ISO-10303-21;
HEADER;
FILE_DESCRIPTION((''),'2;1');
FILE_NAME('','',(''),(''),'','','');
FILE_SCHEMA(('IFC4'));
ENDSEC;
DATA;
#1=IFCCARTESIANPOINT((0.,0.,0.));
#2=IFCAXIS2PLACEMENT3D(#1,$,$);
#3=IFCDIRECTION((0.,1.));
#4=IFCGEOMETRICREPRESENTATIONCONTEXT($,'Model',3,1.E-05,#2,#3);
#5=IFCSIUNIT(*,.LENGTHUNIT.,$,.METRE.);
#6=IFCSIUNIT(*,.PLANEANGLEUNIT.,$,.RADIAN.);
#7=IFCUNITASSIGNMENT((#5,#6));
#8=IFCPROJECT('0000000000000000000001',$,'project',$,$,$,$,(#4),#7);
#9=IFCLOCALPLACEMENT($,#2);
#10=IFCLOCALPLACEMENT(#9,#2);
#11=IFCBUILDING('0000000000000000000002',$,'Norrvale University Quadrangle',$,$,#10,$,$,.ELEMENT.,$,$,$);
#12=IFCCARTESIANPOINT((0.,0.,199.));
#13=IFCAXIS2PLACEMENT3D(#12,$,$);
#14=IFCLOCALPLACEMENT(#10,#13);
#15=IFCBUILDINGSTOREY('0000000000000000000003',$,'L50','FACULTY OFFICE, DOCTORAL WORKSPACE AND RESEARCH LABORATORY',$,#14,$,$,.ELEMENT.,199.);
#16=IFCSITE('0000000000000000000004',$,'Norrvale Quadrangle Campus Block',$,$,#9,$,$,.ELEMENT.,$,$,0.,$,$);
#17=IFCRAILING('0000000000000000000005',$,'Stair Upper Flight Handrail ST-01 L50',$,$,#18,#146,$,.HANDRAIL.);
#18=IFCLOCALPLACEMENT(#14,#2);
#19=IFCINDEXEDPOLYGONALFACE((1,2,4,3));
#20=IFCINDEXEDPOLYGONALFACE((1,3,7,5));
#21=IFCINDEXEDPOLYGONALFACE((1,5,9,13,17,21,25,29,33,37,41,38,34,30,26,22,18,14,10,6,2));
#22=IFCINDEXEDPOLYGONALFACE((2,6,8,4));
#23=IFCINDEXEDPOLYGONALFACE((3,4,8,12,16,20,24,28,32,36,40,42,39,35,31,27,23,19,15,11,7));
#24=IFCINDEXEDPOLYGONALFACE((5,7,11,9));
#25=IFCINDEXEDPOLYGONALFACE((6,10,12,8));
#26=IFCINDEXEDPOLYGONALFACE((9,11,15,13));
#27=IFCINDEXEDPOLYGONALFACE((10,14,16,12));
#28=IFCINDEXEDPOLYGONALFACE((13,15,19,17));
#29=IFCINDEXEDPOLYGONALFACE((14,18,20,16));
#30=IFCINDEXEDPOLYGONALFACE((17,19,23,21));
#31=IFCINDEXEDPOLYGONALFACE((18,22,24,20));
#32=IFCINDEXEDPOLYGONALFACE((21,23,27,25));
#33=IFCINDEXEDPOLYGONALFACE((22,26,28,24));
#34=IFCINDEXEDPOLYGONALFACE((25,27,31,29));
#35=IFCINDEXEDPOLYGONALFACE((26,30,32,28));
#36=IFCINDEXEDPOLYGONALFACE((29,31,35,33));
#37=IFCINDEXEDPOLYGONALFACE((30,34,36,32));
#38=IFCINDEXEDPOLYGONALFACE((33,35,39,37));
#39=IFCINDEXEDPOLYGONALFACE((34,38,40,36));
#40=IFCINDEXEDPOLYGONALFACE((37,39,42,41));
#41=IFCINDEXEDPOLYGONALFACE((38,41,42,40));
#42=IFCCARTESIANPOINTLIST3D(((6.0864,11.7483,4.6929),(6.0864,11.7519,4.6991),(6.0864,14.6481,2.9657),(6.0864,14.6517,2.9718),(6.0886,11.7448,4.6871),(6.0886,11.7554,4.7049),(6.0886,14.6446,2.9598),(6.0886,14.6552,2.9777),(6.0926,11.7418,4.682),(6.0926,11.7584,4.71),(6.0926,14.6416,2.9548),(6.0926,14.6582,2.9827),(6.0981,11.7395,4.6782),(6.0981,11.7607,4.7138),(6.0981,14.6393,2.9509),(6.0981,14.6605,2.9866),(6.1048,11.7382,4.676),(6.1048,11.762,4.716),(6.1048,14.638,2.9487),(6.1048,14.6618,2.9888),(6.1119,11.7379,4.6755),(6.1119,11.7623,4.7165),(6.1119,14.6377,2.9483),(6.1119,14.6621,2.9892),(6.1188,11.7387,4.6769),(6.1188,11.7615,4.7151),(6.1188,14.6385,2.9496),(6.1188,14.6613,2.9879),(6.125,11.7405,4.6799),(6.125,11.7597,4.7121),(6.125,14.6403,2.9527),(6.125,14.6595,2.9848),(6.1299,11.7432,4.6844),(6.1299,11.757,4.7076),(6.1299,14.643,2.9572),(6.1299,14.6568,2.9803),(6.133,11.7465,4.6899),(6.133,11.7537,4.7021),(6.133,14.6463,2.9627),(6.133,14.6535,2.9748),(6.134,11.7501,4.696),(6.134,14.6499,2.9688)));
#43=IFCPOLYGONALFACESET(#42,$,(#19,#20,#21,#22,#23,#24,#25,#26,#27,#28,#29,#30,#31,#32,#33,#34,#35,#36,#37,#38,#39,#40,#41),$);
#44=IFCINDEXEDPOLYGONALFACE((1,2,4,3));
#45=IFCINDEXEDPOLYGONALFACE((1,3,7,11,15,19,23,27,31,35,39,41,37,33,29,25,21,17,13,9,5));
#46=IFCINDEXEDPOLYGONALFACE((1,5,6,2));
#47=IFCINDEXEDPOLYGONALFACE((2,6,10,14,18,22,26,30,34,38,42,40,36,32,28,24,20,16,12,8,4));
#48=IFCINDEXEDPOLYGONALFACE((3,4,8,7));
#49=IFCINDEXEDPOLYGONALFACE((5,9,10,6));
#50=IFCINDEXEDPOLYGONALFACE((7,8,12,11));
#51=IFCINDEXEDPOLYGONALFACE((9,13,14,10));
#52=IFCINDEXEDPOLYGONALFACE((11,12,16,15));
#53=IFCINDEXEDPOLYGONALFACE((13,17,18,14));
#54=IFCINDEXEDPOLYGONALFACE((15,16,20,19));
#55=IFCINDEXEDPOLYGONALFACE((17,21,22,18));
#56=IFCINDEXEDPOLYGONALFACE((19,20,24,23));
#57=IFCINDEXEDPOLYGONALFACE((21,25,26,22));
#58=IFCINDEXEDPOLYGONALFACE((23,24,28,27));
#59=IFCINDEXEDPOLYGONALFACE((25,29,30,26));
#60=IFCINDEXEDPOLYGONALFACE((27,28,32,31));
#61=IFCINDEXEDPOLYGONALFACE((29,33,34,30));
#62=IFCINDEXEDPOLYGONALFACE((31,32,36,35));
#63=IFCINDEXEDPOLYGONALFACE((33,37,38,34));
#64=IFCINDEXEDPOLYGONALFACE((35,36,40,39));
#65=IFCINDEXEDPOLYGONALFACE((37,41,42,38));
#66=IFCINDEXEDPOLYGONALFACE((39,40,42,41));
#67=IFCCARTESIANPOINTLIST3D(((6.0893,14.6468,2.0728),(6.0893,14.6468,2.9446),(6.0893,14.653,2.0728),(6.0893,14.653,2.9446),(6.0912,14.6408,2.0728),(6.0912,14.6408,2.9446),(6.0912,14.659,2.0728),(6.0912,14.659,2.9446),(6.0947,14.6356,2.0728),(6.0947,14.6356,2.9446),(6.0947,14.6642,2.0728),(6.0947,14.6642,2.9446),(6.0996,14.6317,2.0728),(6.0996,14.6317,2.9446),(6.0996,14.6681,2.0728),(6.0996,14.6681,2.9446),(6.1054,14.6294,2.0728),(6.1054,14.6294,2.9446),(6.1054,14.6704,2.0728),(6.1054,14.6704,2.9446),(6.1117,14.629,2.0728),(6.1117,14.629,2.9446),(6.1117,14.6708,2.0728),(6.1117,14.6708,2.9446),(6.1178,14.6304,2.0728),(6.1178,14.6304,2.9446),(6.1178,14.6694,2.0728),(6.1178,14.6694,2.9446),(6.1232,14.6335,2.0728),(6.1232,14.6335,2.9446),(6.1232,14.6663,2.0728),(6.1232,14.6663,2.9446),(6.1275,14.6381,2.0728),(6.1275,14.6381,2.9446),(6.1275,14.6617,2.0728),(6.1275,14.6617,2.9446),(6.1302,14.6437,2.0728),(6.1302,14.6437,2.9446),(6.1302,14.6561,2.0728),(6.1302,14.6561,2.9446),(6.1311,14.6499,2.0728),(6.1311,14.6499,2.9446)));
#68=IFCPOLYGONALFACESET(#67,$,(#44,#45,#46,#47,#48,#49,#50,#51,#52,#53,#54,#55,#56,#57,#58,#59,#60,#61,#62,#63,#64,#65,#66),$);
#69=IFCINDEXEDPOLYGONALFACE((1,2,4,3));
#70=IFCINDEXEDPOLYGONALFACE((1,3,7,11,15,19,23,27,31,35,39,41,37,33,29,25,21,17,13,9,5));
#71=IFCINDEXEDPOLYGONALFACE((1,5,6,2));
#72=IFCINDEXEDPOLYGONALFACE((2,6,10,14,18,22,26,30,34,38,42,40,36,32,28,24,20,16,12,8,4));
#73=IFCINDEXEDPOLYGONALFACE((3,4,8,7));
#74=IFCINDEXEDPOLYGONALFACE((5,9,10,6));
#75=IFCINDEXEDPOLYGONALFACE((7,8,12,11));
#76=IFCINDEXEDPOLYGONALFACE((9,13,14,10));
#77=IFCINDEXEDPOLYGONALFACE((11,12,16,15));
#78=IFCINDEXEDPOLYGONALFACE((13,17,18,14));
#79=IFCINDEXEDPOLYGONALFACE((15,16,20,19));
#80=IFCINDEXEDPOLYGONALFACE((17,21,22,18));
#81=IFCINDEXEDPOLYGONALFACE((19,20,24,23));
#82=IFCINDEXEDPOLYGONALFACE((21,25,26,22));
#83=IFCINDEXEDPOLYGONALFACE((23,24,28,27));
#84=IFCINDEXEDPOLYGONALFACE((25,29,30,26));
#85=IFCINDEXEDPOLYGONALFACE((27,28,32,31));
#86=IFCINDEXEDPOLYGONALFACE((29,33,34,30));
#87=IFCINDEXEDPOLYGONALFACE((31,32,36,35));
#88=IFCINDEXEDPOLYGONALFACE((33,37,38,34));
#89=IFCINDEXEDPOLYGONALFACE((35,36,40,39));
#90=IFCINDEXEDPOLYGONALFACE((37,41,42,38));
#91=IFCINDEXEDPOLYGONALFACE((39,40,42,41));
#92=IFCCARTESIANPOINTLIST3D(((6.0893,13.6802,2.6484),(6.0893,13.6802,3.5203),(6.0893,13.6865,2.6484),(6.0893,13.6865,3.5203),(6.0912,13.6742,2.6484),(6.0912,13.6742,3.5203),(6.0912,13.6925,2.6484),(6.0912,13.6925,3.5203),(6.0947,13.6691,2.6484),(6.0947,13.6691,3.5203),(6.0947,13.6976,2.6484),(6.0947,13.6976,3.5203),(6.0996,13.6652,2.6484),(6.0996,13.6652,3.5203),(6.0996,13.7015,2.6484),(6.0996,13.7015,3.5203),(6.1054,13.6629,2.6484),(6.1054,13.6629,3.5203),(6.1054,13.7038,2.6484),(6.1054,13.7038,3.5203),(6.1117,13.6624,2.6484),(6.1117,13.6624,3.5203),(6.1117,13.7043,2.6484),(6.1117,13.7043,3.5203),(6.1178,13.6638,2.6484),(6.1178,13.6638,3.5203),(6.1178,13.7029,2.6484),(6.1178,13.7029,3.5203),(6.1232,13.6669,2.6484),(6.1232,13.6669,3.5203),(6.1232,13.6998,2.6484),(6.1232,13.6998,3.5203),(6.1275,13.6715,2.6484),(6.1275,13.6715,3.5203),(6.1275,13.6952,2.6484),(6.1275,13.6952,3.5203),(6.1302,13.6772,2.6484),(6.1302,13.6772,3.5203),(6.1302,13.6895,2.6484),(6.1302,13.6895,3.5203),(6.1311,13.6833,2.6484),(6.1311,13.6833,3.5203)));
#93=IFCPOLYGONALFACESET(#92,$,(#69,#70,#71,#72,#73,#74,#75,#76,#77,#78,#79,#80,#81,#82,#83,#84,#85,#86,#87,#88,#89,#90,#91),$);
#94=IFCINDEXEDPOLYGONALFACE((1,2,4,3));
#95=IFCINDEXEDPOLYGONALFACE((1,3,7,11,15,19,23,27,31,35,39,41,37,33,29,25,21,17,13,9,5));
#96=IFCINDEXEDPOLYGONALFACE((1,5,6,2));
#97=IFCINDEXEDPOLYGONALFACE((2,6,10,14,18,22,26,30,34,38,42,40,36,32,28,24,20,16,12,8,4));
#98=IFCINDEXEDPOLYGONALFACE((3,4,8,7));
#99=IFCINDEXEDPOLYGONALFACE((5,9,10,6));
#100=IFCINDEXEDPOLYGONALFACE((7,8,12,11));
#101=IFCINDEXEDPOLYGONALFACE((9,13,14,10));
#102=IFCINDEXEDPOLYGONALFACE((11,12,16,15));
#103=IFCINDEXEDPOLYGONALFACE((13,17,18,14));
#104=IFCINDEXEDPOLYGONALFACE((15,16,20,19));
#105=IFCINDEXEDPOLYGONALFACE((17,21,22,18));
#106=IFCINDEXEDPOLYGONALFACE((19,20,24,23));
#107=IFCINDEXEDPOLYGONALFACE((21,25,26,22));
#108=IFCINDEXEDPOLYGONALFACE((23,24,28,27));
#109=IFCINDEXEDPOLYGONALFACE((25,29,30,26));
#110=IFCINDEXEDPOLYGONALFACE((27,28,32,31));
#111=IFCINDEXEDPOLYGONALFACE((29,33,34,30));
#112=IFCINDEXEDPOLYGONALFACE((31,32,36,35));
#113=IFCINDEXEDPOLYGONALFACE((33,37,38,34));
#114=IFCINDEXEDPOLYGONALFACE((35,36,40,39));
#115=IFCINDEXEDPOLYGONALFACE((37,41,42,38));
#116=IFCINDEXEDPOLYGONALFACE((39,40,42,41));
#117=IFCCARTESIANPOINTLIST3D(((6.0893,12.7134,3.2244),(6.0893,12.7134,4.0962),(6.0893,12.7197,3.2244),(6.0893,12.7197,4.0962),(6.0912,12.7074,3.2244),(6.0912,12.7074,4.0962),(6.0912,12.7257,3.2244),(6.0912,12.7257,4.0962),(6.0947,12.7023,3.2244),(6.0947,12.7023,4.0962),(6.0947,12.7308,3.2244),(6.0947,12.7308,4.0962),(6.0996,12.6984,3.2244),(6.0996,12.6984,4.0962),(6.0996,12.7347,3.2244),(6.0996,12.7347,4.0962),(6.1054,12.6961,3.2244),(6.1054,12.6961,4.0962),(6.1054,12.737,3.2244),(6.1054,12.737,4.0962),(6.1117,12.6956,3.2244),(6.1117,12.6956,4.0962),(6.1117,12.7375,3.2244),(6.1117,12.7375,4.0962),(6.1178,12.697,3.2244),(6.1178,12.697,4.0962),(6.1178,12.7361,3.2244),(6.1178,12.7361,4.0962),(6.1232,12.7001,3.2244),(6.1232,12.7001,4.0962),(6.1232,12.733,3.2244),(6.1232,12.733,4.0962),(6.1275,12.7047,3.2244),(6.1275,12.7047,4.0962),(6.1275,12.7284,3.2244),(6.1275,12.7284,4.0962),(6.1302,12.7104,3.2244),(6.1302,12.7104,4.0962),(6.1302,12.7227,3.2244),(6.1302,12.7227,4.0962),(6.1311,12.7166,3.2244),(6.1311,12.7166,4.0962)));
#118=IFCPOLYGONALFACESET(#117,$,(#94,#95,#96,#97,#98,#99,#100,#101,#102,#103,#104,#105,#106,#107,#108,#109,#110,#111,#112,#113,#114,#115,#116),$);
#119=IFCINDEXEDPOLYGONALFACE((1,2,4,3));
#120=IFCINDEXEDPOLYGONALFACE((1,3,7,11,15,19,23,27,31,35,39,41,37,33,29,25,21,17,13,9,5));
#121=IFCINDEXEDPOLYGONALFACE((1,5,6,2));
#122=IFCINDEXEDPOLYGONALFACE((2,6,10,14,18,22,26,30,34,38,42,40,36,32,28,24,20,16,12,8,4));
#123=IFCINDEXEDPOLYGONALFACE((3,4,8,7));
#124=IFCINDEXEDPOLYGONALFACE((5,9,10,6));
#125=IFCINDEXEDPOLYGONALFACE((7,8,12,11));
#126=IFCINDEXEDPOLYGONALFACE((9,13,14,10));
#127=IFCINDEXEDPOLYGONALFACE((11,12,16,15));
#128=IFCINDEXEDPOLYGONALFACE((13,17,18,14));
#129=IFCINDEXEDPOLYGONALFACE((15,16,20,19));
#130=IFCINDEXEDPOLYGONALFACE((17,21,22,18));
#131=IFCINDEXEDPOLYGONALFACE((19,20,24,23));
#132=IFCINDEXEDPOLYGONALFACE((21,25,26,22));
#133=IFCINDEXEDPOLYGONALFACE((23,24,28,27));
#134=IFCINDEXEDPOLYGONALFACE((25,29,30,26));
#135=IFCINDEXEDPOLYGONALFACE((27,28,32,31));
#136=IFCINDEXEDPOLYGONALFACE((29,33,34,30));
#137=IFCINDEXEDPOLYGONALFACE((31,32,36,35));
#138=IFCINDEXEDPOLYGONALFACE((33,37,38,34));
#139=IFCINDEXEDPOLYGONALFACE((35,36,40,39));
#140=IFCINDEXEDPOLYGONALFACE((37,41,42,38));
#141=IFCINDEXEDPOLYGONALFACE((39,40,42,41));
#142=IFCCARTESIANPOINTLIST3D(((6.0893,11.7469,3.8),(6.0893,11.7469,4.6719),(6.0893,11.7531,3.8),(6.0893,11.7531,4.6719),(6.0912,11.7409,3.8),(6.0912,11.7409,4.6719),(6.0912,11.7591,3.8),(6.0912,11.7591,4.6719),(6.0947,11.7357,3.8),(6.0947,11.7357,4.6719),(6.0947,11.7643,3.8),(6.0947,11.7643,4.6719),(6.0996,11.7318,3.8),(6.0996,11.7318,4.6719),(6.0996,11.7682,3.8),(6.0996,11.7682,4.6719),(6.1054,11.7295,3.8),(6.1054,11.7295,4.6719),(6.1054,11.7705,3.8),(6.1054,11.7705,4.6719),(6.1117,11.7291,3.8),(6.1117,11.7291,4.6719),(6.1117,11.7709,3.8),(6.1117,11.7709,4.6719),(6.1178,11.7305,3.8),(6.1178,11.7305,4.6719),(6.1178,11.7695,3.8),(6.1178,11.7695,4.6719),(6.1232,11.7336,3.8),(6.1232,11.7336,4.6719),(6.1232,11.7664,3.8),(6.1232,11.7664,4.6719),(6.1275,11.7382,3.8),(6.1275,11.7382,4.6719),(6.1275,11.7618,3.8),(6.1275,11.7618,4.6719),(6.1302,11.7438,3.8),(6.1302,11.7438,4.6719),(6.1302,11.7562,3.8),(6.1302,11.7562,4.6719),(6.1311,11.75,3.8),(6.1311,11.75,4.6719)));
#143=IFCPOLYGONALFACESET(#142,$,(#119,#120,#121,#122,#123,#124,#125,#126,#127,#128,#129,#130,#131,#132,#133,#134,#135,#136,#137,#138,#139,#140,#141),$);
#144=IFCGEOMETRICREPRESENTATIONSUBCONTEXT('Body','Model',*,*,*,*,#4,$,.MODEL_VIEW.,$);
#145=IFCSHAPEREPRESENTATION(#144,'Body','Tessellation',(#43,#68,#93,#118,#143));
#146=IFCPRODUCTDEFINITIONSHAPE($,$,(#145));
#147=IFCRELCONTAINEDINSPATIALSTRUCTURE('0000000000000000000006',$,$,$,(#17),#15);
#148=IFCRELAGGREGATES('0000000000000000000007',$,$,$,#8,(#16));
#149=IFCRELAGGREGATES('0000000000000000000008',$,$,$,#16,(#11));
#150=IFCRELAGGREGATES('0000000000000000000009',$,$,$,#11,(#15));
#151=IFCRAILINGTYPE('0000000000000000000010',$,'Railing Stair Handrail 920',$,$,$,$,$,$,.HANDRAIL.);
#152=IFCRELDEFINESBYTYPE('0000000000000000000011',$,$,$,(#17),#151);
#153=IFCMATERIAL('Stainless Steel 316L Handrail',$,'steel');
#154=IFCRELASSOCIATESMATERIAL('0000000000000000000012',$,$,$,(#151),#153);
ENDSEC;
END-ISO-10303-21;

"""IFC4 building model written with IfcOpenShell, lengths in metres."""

from ifc_helpers import new_model, si_unit, direction, frame, origin, origin_2d, place, context, subcontext, project, spatial, circle, extrude, material, type_object, element, save


model = new_model("IFC4")

# Units and contexts
model_context = context("Model", 3, precision=1e-05, world=origin(), true_north=direction((0.0, 1.0)))
body_context = subcontext(model_context, "Body", "Model", "MODEL_VIEW")
ifc_project = project(units=[si_unit("LENGTHUNIT", "METRE"), si_unit("PLANEANGLEUNIT", "RADIAN")], contexts=[model_context])

# Site, building, storey
site_placement = place(None, origin())
site = spatial("IfcSite", under=ifc_project, at=site_placement, Name="Norrvale Quadrangle Campus Block", CompositionType="ELEMENT", RefElevation=0.0)
building_placement = place(site_placement, origin())
building = spatial("IfcBuilding", under=site, at=building_placement, Name="Norrvale University Quadrangle", CompositionType="ELEMENT")
storey_placement = place(building_placement, frame((0.0, 0.0, 199.0)))
storey = spatial("IfcBuildingStorey", under=building, at=storey_placement, Name="L50", Description="FACULTY OFFICE, DOCTORAL WORKSPACE AND RESEARCH LABORATORY", CompositionType="ELEMENT", Elevation=199.0)

# Railing
ifc_material_1 = material(Name="Stainless Steel 316L Handrail", Category="steel")
railing_type_1 = type_object("IfcRailingType", Name="Railing Stair Handrail 920", PredefinedType="HANDRAIL", material=ifc_material_1)
railing_1_placement = place(storey_placement, frame((6.1101, 14.6499, 2.0728)))
element("IfcRailing", 1, at=railing_1_placement, inside=storey, type_object=railing_type_1, Name="Stair Upper Flight Handrail ST-01 L50", PredefinedType="HANDRAIL", context=body_context, shape_type="SweptSolid", body=[
    extrude(circle(Radius=0.0239, at=origin_2d()), frame((0.0, 0.0, 0.896), z_axis=(0.0, -0.859141, 0.511738), x_axis=(1.0, 0.0, 0.0)), (0.0, 0.0, 1.0), 3.3752),
    extrude(circle(Radius=0.021, at=origin_2d()), origin(), (0.0, 0.0, 1.0), 0.8718),
    extrude(circle(Radius=0.021, at=origin_2d()), frame((0.0, -0.9666, 0.5757)), (0.0, 0.0, 1.0), 0.8718),
    extrude(circle(Radius=0.021, at=origin_2d()), frame((0.0, -1.9333, 1.1516)), (0.0, 0.0, 1.0), 0.8718),
    extrude(circle(Radius=0.021, at=origin_2d()), frame((0.0, -2.8999, 1.7273)), (0.0, 0.0, 1.0), 0.8718),
])

save(model, "model.ifc")
